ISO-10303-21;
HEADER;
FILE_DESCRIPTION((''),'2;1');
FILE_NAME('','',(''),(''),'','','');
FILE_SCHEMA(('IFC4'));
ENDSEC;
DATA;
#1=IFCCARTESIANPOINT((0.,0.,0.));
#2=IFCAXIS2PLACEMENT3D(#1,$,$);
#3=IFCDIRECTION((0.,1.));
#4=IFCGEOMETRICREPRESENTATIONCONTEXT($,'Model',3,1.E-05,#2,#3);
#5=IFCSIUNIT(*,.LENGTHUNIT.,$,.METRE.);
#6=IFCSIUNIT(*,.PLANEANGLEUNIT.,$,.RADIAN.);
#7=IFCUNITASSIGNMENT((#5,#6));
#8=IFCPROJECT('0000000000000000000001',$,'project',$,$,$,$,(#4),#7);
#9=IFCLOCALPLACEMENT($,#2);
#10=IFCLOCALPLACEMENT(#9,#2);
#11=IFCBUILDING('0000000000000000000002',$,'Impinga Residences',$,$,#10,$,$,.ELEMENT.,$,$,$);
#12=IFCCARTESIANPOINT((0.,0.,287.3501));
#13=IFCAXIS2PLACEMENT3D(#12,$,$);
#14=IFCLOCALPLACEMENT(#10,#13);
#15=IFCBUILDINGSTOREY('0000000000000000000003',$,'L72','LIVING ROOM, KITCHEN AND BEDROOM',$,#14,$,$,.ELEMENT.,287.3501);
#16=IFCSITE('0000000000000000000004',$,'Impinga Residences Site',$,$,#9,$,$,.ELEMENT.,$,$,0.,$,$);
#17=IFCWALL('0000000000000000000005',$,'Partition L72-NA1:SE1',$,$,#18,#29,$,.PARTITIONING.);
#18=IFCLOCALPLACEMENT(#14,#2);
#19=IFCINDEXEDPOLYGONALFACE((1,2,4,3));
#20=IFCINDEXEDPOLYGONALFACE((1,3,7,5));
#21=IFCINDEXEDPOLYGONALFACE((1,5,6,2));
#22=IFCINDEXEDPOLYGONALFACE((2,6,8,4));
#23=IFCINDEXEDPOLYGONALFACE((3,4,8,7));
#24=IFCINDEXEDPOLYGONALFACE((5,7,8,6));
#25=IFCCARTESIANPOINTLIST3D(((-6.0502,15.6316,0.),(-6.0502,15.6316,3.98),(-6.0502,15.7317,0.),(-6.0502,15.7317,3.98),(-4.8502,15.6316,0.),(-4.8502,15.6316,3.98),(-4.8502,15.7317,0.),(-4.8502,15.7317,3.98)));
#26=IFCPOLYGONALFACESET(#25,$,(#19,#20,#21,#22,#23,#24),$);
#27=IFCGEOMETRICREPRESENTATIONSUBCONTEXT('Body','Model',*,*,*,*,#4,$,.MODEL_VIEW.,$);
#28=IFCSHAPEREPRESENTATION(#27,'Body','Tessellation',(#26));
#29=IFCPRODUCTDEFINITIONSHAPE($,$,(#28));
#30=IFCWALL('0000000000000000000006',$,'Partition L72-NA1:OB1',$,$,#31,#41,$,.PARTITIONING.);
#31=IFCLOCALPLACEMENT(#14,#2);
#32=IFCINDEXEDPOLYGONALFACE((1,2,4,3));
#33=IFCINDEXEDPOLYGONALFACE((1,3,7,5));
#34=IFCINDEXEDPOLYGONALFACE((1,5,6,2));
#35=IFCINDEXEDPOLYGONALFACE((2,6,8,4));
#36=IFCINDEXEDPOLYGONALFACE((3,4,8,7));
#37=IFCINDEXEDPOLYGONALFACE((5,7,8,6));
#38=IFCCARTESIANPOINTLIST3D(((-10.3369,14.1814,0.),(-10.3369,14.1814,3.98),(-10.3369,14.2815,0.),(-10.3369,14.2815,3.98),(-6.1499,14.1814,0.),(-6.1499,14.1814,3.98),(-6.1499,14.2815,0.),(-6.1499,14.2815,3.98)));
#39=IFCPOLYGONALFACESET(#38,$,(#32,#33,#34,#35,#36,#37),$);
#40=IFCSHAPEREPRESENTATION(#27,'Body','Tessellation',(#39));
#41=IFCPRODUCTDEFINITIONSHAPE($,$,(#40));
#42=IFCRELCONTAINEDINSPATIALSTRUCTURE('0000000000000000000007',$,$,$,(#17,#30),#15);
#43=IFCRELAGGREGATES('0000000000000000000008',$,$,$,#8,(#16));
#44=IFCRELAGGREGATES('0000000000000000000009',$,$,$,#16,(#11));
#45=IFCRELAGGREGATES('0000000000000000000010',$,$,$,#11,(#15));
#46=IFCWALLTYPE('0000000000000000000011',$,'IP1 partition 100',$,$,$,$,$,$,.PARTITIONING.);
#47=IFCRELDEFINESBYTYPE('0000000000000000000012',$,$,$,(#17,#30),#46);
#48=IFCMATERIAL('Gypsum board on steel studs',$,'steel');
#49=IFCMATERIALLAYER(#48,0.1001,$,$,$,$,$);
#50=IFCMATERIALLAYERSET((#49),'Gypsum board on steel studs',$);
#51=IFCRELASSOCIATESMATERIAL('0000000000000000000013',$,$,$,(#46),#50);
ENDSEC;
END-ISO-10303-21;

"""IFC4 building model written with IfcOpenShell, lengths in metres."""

from ifc_helpers import new_model, si_unit, direction, frame, frame_2d, origin, place, context, subcontext, project, spatial, rectangle, extrude, material, layer, layer_set, type_object, element, save


model = new_model("IFC4")

# Units and contexts
model_context = context("Model", 3, precision=1e-05, world=origin(), true_north=direction((0.0, 1.0)))
body_context = subcontext(model_context, "Body", "Model", "MODEL_VIEW")
ifc_project = project(units=[si_unit("LENGTHUNIT", "METRE"), si_unit("PLANEANGLEUNIT", "RADIAN")], contexts=[model_context])

# Site, building, storey
site_placement = place(None, origin())
site = spatial("IfcSite", under=ifc_project, at=site_placement, Name="Impinga Residences Site", CompositionType="ELEMENT", RefElevation=0.0)
building_placement = place(site_placement, origin())
building = spatial("IfcBuilding", under=site, at=building_placement, Name="Impinga Residences", CompositionType="ELEMENT")
storey_placement = place(building_placement, frame((0.0, 0.0, 287.3501)))
storey = spatial("IfcBuildingStorey", under=building, at=storey_placement, Name="L72", Description="LIVING ROOM, KITCHEN AND BEDROOM", CompositionType="ELEMENT", Elevation=287.3501)

# Walls
ifc_material_1 = material(Name="Gypsum board on steel studs", Category="steel")
ifc_layer_1 = layer(ifc_material_1, 0.1001)
ifc_layer_set_1 = layer_set([ifc_layer_1], Name="Gypsum board on steel studs")
wall_type_1 = type_object("IfcWallType", Name="IP1 partition 100", PredefinedType="PARTITIONING", material=ifc_layer_set_1)
wall_1_placement = place(storey_placement, frame((-4.8501, 15.6816, 0.0), z_axis=(0.0, 0.0, 1.0), x_axis=(-1.0, 0.0, 0.0)))
element("IfcWall", 1, at=wall_1_placement, inside=storey, type_object=wall_type_1, Name="Partition L72-NA1:SE1", PredefinedType="PARTITIONING", context=body_context, shape_type="SweptSolid", body=[
    extrude(rectangle(XDim=1.2, YDim=0.1001, at=frame_2d((0.6001, 0.0))), origin(), (0.0, 0.0, 1.0), 3.98),
])
wall_2_placement = place(storey_placement, frame((-6.1499, 14.2314, 0.0), z_axis=(0.0, 0.0, 1.0), x_axis=(-1.0, 0.0, 0.0)))
element("IfcWall", 2, at=wall_2_placement, inside=storey, type_object=wall_type_1, Name="Partition L72-NA1:OB1", PredefinedType="PARTITIONING", context=body_context, shape_type="SweptSolid", body=[
    extrude(rectangle(XDim=4.187, YDim=0.1001, at=frame_2d((2.0935, 0.0))), origin(), (0.0, 0.0, 1.0), 3.98),
])

save(model, "model.ifc")
